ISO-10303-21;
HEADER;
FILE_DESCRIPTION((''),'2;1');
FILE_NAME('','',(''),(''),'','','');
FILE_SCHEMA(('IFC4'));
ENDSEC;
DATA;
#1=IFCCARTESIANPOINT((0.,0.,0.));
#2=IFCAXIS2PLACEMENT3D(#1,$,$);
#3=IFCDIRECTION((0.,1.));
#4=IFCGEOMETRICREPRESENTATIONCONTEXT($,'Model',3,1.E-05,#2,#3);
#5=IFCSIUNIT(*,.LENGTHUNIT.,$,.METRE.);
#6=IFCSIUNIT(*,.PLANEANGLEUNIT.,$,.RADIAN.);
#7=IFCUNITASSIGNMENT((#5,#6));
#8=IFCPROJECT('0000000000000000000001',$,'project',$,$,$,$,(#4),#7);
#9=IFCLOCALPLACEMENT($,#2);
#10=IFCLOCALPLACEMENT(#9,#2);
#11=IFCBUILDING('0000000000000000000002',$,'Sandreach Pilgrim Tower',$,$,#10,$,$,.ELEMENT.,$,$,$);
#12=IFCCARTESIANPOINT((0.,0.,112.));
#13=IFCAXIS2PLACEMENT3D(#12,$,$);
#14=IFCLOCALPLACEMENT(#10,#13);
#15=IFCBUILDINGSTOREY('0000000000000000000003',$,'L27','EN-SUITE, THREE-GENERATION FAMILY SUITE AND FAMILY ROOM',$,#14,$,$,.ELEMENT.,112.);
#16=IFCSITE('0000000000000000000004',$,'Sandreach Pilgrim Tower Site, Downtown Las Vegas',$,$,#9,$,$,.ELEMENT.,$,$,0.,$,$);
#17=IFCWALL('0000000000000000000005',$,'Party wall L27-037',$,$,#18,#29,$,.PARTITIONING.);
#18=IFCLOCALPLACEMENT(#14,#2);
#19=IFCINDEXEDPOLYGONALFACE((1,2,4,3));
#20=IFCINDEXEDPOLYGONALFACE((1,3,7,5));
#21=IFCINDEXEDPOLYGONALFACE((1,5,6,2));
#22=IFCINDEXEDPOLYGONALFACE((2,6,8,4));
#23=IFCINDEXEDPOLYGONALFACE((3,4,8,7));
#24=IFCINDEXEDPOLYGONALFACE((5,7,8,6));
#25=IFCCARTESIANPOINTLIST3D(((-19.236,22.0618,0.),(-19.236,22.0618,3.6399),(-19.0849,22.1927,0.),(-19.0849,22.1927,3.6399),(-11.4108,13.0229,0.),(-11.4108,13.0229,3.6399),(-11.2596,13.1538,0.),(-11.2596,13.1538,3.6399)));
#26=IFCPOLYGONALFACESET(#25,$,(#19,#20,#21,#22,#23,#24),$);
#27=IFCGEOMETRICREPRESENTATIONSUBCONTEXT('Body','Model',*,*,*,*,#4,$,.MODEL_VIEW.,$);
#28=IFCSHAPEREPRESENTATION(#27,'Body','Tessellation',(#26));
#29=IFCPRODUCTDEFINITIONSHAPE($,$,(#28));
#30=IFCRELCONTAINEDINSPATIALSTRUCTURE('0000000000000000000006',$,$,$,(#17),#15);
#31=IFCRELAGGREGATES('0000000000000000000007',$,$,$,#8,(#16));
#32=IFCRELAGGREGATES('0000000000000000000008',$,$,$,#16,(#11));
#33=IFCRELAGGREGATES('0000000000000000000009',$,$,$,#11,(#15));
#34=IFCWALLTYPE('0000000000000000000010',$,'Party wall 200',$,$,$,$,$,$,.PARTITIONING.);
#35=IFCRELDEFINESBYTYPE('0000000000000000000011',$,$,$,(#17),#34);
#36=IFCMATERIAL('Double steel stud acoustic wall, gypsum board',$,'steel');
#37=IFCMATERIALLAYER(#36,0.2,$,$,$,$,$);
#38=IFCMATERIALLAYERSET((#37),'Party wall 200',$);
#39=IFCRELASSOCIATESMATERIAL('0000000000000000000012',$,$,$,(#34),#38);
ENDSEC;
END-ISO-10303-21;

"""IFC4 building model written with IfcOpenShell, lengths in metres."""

from ifc_helpers import new_model, si_unit, direction, frame, frame_2d, origin, place, context, subcontext, project, spatial, rectangle, extrude, material, layer, layer_set, type_object, element, save


model = new_model("IFC4")

# Units and contexts
model_context = context("Model", 3, precision=1e-05, world=origin(), true_north=direction((0.0, 1.0)))
body_context = subcontext(model_context, "Body", "Model", "MODEL_VIEW")
ifc_project = project(units=[si_unit("LENGTHUNIT", "METRE"), si_unit("PLANEANGLEUNIT", "RADIAN")], contexts=[model_context])

# Site, building, storey
site_placement = place(None, origin())
site = spatial("IfcSite", under=ifc_project, at=site_placement, Name="Sandreach Pilgrim Tower Site, Downtown Las Vegas", CompositionType="ELEMENT", RefElevation=0.0)
building_placement = place(site_placement, origin())
building = spatial("IfcBuilding", under=site, at=building_placement, Name="Sandreach Pilgrim Tower", CompositionType="ELEMENT")
storey_placement = place(building_placement, frame((0.0, 0.0, 112.0)))
storey = spatial("IfcBuildingStorey", under=building, at=storey_placement, Name="L27", Description="EN-SUITE, THREE-GENERATION FAMILY SUITE AND FAMILY ROOM", CompositionType="ELEMENT", Elevation=112.0)

# Wall
ifc_material_1 = material(Name="Double steel stud acoustic wall, gypsum board", Category="steel")
ifc_layer_1 = layer(ifc_material_1, 0.2)
ifc_layer_set_1 = layer_set([ifc_layer_1], Name="Party wall 200")
wall_type_1 = type_object("IfcWallType", Name="Party wall 200", PredefinedType="PARTITIONING", material=ifc_layer_set_1)
wall_1_placement = place(storey_placement, frame((-11.3352, 13.0884, 0.0), z_axis=(0.0, 0.0, 1.0), x_axis=(-0.654527, 0.756039, 0.0)))
element("IfcWall", 1, at=wall_1_placement, inside=storey, type_object=wall_type_1, Name="Party wall L27-037", PredefinedType="PARTITIONING", context=body_context, shape_type="SweptSolid", body=[
    extrude(rectangle(XDim=11.9556, YDim=0.2, at=frame_2d((5.9778, 0.0))), origin(), (0.0, 0.0, 1.0), 3.6399),
])

save(model, "model.ifc")
